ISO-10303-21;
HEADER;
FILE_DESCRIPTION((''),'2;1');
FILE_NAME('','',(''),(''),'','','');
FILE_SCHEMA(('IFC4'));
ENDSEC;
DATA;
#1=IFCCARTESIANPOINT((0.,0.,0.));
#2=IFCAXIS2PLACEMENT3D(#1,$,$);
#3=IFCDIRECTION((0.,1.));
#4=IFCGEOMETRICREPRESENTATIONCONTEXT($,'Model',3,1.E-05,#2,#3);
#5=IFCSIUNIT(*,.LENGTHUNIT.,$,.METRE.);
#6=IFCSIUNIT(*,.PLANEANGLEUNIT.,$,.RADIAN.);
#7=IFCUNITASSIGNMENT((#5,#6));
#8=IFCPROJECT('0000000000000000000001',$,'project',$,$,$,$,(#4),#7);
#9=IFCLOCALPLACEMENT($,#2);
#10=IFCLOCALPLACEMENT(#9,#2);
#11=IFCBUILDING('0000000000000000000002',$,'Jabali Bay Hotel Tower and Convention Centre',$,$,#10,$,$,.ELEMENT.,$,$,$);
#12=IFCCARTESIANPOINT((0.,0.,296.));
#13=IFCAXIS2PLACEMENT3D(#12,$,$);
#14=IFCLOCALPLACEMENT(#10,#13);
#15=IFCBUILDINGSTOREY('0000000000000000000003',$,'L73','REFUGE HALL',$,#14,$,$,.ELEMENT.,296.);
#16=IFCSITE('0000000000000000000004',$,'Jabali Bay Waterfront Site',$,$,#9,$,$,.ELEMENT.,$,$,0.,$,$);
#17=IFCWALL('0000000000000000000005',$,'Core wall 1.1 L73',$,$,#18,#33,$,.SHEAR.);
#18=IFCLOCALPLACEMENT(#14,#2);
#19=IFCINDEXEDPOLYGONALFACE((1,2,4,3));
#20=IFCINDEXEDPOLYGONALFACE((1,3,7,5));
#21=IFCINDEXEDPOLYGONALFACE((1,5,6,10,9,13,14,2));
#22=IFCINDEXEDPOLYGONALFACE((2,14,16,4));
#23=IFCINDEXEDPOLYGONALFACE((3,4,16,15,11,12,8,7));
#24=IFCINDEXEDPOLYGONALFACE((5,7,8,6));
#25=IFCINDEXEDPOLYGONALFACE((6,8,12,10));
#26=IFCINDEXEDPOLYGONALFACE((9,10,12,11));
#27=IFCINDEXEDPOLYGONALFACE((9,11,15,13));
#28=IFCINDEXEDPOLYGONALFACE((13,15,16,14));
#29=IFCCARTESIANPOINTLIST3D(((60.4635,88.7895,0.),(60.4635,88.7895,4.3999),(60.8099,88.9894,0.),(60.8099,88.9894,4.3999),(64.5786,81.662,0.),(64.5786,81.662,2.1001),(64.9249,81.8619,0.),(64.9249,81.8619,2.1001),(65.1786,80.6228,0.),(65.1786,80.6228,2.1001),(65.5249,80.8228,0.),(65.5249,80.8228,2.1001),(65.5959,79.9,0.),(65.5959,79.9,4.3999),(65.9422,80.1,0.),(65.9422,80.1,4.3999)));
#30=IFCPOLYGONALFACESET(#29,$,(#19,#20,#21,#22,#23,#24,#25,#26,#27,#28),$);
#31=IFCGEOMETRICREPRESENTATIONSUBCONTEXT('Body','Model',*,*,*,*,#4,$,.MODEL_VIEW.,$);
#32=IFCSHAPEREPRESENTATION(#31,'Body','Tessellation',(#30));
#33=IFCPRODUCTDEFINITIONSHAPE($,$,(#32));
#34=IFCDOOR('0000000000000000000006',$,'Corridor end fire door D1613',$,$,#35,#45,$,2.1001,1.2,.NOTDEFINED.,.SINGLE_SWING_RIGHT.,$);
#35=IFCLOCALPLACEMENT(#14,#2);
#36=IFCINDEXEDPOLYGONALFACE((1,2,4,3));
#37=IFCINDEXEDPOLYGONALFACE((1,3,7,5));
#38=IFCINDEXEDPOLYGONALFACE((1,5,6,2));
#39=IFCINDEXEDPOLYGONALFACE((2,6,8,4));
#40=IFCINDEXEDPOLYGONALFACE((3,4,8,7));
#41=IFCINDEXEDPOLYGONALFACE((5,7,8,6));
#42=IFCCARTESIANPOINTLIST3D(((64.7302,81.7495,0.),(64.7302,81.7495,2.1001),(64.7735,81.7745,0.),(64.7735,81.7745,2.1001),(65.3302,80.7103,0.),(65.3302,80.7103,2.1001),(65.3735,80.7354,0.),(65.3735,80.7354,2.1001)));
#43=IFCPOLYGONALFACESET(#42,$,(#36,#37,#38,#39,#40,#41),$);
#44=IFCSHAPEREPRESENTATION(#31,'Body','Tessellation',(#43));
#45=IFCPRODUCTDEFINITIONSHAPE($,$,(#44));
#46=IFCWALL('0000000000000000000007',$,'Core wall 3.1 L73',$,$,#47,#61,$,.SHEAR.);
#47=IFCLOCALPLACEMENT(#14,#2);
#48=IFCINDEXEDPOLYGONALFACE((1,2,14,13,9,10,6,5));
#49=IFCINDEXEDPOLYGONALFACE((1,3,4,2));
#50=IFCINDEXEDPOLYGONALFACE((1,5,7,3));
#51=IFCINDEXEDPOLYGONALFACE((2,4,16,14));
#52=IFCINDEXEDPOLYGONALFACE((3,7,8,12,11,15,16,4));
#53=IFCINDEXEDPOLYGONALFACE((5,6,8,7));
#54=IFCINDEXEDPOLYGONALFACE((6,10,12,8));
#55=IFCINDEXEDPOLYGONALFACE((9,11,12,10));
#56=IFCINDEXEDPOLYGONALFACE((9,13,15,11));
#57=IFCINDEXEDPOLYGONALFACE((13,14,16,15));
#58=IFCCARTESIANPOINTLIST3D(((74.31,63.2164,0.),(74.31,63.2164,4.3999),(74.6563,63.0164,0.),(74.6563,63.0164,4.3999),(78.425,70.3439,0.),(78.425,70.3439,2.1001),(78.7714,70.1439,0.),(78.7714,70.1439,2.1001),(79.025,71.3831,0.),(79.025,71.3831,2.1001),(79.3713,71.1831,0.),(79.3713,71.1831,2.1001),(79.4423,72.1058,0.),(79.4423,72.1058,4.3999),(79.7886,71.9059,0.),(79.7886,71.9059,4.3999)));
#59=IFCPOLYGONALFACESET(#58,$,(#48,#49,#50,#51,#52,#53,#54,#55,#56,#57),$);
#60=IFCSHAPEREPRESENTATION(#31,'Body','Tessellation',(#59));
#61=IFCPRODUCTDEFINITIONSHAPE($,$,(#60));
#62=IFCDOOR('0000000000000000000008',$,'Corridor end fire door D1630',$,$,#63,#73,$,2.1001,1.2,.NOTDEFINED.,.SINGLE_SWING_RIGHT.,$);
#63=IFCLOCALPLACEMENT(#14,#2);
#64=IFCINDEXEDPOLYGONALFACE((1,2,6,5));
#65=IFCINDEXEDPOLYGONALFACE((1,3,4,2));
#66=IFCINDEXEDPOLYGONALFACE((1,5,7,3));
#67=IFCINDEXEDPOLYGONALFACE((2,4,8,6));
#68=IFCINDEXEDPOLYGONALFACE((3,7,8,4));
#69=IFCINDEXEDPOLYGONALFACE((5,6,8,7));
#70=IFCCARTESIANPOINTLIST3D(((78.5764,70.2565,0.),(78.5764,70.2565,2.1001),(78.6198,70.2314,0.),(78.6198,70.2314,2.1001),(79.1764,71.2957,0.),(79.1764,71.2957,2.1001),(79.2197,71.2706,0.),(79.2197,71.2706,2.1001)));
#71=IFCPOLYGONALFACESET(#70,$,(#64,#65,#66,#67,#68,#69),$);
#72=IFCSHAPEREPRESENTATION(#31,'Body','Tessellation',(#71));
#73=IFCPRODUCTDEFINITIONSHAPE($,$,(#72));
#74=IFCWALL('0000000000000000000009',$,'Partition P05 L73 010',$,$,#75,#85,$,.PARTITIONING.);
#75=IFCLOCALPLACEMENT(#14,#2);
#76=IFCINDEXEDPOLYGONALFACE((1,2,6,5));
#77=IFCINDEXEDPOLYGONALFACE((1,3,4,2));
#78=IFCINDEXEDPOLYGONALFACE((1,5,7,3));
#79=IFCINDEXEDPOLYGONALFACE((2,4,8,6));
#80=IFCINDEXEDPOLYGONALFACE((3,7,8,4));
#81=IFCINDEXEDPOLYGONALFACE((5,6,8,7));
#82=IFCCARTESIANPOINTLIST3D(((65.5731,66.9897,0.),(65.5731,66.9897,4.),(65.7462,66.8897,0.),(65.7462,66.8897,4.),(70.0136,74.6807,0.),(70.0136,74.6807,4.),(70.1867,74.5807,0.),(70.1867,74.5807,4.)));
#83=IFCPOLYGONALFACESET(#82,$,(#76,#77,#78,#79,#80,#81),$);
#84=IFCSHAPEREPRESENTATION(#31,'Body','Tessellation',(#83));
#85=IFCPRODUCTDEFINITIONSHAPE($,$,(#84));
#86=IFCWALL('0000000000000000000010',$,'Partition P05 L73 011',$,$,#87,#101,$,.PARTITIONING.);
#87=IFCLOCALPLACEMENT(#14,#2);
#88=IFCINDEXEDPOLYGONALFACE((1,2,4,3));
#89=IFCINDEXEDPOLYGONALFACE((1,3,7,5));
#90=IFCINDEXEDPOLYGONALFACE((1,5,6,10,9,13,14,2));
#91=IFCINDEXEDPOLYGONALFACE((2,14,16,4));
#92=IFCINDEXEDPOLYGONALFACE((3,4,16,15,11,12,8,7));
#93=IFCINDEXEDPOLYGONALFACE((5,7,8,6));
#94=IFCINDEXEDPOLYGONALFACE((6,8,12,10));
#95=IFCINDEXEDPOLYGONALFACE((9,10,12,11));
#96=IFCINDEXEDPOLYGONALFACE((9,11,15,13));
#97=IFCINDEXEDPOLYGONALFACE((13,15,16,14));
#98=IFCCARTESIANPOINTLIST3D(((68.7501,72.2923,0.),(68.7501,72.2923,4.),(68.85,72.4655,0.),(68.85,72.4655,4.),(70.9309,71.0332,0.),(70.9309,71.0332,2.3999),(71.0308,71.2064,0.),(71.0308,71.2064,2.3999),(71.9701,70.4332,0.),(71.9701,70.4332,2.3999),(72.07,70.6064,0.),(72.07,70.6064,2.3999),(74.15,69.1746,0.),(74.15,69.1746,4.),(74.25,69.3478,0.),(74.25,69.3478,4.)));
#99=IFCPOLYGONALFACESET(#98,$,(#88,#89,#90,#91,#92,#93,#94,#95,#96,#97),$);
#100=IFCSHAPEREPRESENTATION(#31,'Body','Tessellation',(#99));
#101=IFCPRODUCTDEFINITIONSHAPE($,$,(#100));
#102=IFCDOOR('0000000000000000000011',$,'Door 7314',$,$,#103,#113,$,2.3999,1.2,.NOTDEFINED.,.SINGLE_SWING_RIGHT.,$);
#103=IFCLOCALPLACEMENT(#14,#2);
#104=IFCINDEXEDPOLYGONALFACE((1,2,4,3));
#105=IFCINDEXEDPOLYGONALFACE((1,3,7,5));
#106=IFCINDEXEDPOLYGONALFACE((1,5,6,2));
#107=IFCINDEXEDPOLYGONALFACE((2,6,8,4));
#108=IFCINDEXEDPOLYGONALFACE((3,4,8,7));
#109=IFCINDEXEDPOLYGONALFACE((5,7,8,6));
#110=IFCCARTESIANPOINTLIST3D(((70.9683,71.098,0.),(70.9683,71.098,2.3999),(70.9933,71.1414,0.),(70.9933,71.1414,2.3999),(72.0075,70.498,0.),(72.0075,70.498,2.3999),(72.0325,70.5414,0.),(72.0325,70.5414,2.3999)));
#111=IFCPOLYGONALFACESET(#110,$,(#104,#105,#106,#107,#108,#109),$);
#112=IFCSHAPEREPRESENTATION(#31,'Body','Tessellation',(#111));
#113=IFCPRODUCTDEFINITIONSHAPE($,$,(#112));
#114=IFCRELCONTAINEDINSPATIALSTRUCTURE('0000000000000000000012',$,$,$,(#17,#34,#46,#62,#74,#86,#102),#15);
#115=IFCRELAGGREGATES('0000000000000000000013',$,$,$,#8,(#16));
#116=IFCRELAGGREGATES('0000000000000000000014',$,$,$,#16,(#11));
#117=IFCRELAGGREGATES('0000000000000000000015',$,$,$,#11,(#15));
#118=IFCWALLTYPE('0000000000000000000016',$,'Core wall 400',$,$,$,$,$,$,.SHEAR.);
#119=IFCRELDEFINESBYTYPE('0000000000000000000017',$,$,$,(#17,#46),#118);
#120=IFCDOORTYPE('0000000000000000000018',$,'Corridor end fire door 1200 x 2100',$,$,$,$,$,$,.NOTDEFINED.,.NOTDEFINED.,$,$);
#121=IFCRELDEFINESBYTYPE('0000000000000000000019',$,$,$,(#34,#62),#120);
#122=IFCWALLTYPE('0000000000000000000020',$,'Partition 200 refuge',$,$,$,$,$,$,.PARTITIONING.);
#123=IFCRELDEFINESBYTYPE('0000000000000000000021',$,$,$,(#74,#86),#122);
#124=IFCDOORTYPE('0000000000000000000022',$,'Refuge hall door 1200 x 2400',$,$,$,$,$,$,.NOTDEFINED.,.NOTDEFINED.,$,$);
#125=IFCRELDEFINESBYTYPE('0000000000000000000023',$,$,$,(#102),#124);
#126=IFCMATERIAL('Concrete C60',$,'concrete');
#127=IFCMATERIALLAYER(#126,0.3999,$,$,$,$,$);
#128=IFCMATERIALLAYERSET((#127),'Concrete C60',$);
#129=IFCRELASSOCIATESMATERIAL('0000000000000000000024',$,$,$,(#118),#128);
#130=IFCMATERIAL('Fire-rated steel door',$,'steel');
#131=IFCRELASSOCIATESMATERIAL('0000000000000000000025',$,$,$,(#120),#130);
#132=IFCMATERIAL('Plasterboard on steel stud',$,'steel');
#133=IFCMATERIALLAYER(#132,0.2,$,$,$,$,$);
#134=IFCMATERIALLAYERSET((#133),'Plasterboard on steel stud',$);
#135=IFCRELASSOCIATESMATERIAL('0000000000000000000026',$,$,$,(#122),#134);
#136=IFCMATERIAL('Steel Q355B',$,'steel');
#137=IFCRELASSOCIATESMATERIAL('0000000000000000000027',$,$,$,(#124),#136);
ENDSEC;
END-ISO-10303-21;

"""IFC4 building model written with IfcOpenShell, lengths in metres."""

from ifc_helpers import new_model, si_unit, direction, frame, frame_2d, origin, place, context, subcontext, project, spatial, rectangle, extrude, material, layer, layer_set, type_object, element, fill, save


model = new_model("IFC4")

# Units and contexts
model_context = context("Model", 3, precision=1e-05, world=origin(), true_north=direction((0.0, 1.0)))
body_context = subcontext(model_context, "Body", "Model", "MODEL_VIEW")
ifc_project = project(units=[si_unit("LENGTHUNIT", "METRE"), si_unit("PLANEANGLEUNIT", "RADIAN")], contexts=[model_context])

# Site, building, storey
site_placement = place(None, origin())
site = spatial("IfcSite", under=ifc_project, at=site_placement, Name="Jabali Bay Waterfront Site", CompositionType="ELEMENT", RefElevation=0.0)
building_placement = place(site_placement, origin())
building = spatial("IfcBuilding", under=site, at=building_placement, Name="Jabali Bay Hotel Tower and Convention Centre", CompositionType="ELEMENT")
storey_placement = place(building_placement, frame((0.0, 0.0, 296.0)))
storey = spatial("IfcBuildingStorey", under=building, at=storey_placement, Name="L73", Description="REFUGE HALL", CompositionType="ELEMENT", Elevation=296.0)

# Walls, openings, doors
ifc_material_1 = material(Name="Concrete C60", Category="concrete")
ifc_layer_1 = layer(ifc_material_1, 0.3999)
ifc_layer_set_1 = layer_set([ifc_layer_1], Name="Concrete C60")
wall_type_1 = type_object("IfcWallType", Name="Core wall 400", PredefinedType="SHEAR", material=ifc_layer_set_1)
wall_1_placement = place(storey_placement, frame((65.769, 80.0, 0.0), z_axis=(0.0, 0.0, 1.0), x_axis=(-0.500002, 0.866024, 0.0)))
wall_1 = element("IfcWall", 1, at=wall_1_placement, inside=storey, type_object=wall_type_1, Name="Core wall 1.1 L73", PredefinedType="SHEAR", context=body_context, shape_type="SweptSolid", body=[
    extrude(rectangle(XDim=10.2646, YDim=0.3999, at=frame_2d((5.1323, 0.0))), origin(), (0.0, 0.0, 1.0), 4.3999),
])
opening_1_placement = place(wall_1_placement, frame((0.8345, 0.0, 0.0)))
opening_1 = element("IfcOpeningElement", 2, at=opening_1_placement, cuts=wall_1, PredefinedType="OPENING", context=body_context, shape_type="SweptSolid", body=[
    extrude(rectangle(XDim=1.2, YDim=2.1001, at=frame_2d((0.6001, 1.05))), frame((0.0, 0.2104, 0.0), z_axis=(0.0, -1.0, 0.0), x_axis=(1.0, 0.0, 0.0)), (0.0, 0.0, 1.0), 0.4209),
])
ifc_material_2 = material(Name="Fire-rated steel door", Category="steel")
door_type_1 = type_object("IfcDoorType", Name="Corridor end fire door 1200 x 2100", OperationType="NOTDEFINED", PredefinedType="NOTDEFINED", material=ifc_material_2)
door_1_placement = place(opening_1_placement, origin())
door_1 = element("IfcDoor", 3, at=door_1_placement, inside=storey, type_object=door_type_1, Name="Corridor end fire door D1613", OperationType="SINGLE_SWING_RIGHT", OverallHeight=2.1001, OverallWidth=1.2, PredefinedType="NOTDEFINED", context=body_context, shape_type="SweptSolid", body=[
    extrude(rectangle(XDim=1.2, YDim=2.1001, at=frame_2d((0.6001, 1.05))), frame((0.0, 0.0249, 0.0), z_axis=(0.0, -1.0, 0.0), x_axis=(1.0, 0.0, 0.0)), (0.0, 0.0, 1.0), 0.05),
])
fill(opening_1, door_1)
wall_2_placement = place(storey_placement, frame((79.6155, 72.0059, 0.0), z_axis=(0.0, 0.0, 1.0), x_axis=(-0.500002, -0.866024, 0.0)))
wall_2 = element("IfcWall", 4, at=wall_2_placement, inside=storey, type_object=wall_type_1, Name="Core wall 3.1 L73", PredefinedType="SHEAR", context=body_context, shape_type="SweptSolid", body=[
    extrude(rectangle(XDim=10.2646, YDim=0.3999, at=frame_2d((5.1323, 0.0))), origin(), (0.0, 0.0, 1.0), 4.3999),
])
opening_2_placement = place(wall_2_placement, frame((0.8345, 0.0, 0.0)))
opening_2 = element("IfcOpeningElement", 5, at=opening_2_placement, cuts=wall_2, PredefinedType="OPENING", context=body_context, shape_type="SweptSolid", body=[
    extrude(rectangle(XDim=1.2, YDim=2.1001, at=frame_2d((0.6001, 1.05))), frame((0.0, 0.2104, 0.0), z_axis=(0.0, -1.0, 0.0), x_axis=(1.0, 0.0, 0.0)), (0.0, 0.0, 1.0), 0.4209),
])
door_2_placement = place(opening_2_placement, origin())
door_2 = element("IfcDoor", 6, at=door_2_placement, inside=storey, type_object=door_type_1, Name="Corridor end fire door D1630", OperationType="SINGLE_SWING_RIGHT", OverallHeight=2.1001, OverallWidth=1.2, PredefinedType="NOTDEFINED", context=body_context, shape_type="SweptSolid", body=[
    extrude(rectangle(XDim=1.2, YDim=2.1001, at=frame_2d((0.6001, 1.05))), frame((0.0, 0.0249, 0.0), z_axis=(0.0, -1.0, 0.0), x_axis=(1.0, 0.0, 0.0)), (0.0, 0.0, 1.0), 0.05),
])
fill(opening_2, door_2)

# Wall
ifc_material_3 = material(Name="Plasterboard on steel stud", Category="steel")
ifc_layer_2 = layer(ifc_material_3, 0.2)
ifc_layer_set_2 = layer_set([ifc_layer_2], Name="Plasterboard on steel stud")
wall_type_2 = type_object("IfcWallType", Name="Partition 200 refuge", PredefinedType="PARTITIONING", material=ifc_layer_set_2)
wall_3_placement = place(storey_placement, frame((65.6597, 66.9397, 0.0), z_axis=(0.0, 0.0, 1.0), x_axis=(0.500006, 0.866022, 0.0)))
element("IfcWall", 7, at=wall_3_placement, inside=storey, type_object=wall_type_2, Name="Partition P05 L73 010", PredefinedType="PARTITIONING", context=body_context, shape_type="SweptSolid", body=[
    extrude(rectangle(XDim=8.8809, YDim=0.2, at=frame_2d((4.4404, 0.0))), origin(), (0.0, 0.0, 1.0), 4.0),
])

# Wall, opening, door
wall_4_placement = place(storey_placement, frame((68.8, 72.3789, 0.0), z_axis=(0.0, 0.0, 1.0), x_axis=(0.866023, -0.500005, 0.0)))
wall_4 = element("IfcWall", 8, at=wall_4_placement, inside=storey, type_object=wall_type_2, Name="Partition P05 L73 011", PredefinedType="PARTITIONING", context=body_context, shape_type="SweptSolid", body=[
    extrude(rectangle(XDim=6.2354, YDim=0.2, at=frame_2d((3.1177, 0.0))), origin(), (0.0, 0.0, 1.0), 4.0),
])
opening_3_placement = place(wall_4_placement, frame((2.5181, 0.0, 0.0)))
opening_3 = element("IfcOpeningElement", 9, at=opening_3_placement, cuts=wall_4, PredefinedType="OPENING", context=body_context, shape_type="SweptSolid", body=[
    extrude(rectangle(XDim=1.2, YDim=2.3999, at=frame_2d((0.6001, 1.2))), frame((0.0, 0.1104, 0.0), z_axis=(0.0, -1.0, 0.0), x_axis=(1.0, 0.0, 0.0)), (0.0, 0.0, 1.0), 0.2209),
])
ifc_material_4 = material(Name="Steel Q355B", Category="steel")
door_type_2 = type_object("IfcDoorType", Name="Refuge hall door 1200 x 2400", OperationType="NOTDEFINED", PredefinedType="NOTDEFINED", material=ifc_material_4)
door_3_placement = place(opening_3_placement, origin())
door_3 = element("IfcDoor", 10, at=door_3_placement, inside=storey, type_object=door_type_2, Name="Door 7314", OperationType="SINGLE_SWING_RIGHT", OverallHeight=2.3999, OverallWidth=1.2, PredefinedType="NOTDEFINED", context=body_context, shape_type="SweptSolid", body=[
    extrude(rectangle(XDim=1.2, YDim=2.3999, at=frame_2d((0.6001, 1.2))), frame((0.0, 0.0249, 0.0), z_axis=(0.0, -1.0, 0.0), x_axis=(1.0, 0.0, 0.0)), (0.0, 0.0, 1.0), 0.05),
])
fill(opening_3, door_3)

save(model, "model.ifc")
